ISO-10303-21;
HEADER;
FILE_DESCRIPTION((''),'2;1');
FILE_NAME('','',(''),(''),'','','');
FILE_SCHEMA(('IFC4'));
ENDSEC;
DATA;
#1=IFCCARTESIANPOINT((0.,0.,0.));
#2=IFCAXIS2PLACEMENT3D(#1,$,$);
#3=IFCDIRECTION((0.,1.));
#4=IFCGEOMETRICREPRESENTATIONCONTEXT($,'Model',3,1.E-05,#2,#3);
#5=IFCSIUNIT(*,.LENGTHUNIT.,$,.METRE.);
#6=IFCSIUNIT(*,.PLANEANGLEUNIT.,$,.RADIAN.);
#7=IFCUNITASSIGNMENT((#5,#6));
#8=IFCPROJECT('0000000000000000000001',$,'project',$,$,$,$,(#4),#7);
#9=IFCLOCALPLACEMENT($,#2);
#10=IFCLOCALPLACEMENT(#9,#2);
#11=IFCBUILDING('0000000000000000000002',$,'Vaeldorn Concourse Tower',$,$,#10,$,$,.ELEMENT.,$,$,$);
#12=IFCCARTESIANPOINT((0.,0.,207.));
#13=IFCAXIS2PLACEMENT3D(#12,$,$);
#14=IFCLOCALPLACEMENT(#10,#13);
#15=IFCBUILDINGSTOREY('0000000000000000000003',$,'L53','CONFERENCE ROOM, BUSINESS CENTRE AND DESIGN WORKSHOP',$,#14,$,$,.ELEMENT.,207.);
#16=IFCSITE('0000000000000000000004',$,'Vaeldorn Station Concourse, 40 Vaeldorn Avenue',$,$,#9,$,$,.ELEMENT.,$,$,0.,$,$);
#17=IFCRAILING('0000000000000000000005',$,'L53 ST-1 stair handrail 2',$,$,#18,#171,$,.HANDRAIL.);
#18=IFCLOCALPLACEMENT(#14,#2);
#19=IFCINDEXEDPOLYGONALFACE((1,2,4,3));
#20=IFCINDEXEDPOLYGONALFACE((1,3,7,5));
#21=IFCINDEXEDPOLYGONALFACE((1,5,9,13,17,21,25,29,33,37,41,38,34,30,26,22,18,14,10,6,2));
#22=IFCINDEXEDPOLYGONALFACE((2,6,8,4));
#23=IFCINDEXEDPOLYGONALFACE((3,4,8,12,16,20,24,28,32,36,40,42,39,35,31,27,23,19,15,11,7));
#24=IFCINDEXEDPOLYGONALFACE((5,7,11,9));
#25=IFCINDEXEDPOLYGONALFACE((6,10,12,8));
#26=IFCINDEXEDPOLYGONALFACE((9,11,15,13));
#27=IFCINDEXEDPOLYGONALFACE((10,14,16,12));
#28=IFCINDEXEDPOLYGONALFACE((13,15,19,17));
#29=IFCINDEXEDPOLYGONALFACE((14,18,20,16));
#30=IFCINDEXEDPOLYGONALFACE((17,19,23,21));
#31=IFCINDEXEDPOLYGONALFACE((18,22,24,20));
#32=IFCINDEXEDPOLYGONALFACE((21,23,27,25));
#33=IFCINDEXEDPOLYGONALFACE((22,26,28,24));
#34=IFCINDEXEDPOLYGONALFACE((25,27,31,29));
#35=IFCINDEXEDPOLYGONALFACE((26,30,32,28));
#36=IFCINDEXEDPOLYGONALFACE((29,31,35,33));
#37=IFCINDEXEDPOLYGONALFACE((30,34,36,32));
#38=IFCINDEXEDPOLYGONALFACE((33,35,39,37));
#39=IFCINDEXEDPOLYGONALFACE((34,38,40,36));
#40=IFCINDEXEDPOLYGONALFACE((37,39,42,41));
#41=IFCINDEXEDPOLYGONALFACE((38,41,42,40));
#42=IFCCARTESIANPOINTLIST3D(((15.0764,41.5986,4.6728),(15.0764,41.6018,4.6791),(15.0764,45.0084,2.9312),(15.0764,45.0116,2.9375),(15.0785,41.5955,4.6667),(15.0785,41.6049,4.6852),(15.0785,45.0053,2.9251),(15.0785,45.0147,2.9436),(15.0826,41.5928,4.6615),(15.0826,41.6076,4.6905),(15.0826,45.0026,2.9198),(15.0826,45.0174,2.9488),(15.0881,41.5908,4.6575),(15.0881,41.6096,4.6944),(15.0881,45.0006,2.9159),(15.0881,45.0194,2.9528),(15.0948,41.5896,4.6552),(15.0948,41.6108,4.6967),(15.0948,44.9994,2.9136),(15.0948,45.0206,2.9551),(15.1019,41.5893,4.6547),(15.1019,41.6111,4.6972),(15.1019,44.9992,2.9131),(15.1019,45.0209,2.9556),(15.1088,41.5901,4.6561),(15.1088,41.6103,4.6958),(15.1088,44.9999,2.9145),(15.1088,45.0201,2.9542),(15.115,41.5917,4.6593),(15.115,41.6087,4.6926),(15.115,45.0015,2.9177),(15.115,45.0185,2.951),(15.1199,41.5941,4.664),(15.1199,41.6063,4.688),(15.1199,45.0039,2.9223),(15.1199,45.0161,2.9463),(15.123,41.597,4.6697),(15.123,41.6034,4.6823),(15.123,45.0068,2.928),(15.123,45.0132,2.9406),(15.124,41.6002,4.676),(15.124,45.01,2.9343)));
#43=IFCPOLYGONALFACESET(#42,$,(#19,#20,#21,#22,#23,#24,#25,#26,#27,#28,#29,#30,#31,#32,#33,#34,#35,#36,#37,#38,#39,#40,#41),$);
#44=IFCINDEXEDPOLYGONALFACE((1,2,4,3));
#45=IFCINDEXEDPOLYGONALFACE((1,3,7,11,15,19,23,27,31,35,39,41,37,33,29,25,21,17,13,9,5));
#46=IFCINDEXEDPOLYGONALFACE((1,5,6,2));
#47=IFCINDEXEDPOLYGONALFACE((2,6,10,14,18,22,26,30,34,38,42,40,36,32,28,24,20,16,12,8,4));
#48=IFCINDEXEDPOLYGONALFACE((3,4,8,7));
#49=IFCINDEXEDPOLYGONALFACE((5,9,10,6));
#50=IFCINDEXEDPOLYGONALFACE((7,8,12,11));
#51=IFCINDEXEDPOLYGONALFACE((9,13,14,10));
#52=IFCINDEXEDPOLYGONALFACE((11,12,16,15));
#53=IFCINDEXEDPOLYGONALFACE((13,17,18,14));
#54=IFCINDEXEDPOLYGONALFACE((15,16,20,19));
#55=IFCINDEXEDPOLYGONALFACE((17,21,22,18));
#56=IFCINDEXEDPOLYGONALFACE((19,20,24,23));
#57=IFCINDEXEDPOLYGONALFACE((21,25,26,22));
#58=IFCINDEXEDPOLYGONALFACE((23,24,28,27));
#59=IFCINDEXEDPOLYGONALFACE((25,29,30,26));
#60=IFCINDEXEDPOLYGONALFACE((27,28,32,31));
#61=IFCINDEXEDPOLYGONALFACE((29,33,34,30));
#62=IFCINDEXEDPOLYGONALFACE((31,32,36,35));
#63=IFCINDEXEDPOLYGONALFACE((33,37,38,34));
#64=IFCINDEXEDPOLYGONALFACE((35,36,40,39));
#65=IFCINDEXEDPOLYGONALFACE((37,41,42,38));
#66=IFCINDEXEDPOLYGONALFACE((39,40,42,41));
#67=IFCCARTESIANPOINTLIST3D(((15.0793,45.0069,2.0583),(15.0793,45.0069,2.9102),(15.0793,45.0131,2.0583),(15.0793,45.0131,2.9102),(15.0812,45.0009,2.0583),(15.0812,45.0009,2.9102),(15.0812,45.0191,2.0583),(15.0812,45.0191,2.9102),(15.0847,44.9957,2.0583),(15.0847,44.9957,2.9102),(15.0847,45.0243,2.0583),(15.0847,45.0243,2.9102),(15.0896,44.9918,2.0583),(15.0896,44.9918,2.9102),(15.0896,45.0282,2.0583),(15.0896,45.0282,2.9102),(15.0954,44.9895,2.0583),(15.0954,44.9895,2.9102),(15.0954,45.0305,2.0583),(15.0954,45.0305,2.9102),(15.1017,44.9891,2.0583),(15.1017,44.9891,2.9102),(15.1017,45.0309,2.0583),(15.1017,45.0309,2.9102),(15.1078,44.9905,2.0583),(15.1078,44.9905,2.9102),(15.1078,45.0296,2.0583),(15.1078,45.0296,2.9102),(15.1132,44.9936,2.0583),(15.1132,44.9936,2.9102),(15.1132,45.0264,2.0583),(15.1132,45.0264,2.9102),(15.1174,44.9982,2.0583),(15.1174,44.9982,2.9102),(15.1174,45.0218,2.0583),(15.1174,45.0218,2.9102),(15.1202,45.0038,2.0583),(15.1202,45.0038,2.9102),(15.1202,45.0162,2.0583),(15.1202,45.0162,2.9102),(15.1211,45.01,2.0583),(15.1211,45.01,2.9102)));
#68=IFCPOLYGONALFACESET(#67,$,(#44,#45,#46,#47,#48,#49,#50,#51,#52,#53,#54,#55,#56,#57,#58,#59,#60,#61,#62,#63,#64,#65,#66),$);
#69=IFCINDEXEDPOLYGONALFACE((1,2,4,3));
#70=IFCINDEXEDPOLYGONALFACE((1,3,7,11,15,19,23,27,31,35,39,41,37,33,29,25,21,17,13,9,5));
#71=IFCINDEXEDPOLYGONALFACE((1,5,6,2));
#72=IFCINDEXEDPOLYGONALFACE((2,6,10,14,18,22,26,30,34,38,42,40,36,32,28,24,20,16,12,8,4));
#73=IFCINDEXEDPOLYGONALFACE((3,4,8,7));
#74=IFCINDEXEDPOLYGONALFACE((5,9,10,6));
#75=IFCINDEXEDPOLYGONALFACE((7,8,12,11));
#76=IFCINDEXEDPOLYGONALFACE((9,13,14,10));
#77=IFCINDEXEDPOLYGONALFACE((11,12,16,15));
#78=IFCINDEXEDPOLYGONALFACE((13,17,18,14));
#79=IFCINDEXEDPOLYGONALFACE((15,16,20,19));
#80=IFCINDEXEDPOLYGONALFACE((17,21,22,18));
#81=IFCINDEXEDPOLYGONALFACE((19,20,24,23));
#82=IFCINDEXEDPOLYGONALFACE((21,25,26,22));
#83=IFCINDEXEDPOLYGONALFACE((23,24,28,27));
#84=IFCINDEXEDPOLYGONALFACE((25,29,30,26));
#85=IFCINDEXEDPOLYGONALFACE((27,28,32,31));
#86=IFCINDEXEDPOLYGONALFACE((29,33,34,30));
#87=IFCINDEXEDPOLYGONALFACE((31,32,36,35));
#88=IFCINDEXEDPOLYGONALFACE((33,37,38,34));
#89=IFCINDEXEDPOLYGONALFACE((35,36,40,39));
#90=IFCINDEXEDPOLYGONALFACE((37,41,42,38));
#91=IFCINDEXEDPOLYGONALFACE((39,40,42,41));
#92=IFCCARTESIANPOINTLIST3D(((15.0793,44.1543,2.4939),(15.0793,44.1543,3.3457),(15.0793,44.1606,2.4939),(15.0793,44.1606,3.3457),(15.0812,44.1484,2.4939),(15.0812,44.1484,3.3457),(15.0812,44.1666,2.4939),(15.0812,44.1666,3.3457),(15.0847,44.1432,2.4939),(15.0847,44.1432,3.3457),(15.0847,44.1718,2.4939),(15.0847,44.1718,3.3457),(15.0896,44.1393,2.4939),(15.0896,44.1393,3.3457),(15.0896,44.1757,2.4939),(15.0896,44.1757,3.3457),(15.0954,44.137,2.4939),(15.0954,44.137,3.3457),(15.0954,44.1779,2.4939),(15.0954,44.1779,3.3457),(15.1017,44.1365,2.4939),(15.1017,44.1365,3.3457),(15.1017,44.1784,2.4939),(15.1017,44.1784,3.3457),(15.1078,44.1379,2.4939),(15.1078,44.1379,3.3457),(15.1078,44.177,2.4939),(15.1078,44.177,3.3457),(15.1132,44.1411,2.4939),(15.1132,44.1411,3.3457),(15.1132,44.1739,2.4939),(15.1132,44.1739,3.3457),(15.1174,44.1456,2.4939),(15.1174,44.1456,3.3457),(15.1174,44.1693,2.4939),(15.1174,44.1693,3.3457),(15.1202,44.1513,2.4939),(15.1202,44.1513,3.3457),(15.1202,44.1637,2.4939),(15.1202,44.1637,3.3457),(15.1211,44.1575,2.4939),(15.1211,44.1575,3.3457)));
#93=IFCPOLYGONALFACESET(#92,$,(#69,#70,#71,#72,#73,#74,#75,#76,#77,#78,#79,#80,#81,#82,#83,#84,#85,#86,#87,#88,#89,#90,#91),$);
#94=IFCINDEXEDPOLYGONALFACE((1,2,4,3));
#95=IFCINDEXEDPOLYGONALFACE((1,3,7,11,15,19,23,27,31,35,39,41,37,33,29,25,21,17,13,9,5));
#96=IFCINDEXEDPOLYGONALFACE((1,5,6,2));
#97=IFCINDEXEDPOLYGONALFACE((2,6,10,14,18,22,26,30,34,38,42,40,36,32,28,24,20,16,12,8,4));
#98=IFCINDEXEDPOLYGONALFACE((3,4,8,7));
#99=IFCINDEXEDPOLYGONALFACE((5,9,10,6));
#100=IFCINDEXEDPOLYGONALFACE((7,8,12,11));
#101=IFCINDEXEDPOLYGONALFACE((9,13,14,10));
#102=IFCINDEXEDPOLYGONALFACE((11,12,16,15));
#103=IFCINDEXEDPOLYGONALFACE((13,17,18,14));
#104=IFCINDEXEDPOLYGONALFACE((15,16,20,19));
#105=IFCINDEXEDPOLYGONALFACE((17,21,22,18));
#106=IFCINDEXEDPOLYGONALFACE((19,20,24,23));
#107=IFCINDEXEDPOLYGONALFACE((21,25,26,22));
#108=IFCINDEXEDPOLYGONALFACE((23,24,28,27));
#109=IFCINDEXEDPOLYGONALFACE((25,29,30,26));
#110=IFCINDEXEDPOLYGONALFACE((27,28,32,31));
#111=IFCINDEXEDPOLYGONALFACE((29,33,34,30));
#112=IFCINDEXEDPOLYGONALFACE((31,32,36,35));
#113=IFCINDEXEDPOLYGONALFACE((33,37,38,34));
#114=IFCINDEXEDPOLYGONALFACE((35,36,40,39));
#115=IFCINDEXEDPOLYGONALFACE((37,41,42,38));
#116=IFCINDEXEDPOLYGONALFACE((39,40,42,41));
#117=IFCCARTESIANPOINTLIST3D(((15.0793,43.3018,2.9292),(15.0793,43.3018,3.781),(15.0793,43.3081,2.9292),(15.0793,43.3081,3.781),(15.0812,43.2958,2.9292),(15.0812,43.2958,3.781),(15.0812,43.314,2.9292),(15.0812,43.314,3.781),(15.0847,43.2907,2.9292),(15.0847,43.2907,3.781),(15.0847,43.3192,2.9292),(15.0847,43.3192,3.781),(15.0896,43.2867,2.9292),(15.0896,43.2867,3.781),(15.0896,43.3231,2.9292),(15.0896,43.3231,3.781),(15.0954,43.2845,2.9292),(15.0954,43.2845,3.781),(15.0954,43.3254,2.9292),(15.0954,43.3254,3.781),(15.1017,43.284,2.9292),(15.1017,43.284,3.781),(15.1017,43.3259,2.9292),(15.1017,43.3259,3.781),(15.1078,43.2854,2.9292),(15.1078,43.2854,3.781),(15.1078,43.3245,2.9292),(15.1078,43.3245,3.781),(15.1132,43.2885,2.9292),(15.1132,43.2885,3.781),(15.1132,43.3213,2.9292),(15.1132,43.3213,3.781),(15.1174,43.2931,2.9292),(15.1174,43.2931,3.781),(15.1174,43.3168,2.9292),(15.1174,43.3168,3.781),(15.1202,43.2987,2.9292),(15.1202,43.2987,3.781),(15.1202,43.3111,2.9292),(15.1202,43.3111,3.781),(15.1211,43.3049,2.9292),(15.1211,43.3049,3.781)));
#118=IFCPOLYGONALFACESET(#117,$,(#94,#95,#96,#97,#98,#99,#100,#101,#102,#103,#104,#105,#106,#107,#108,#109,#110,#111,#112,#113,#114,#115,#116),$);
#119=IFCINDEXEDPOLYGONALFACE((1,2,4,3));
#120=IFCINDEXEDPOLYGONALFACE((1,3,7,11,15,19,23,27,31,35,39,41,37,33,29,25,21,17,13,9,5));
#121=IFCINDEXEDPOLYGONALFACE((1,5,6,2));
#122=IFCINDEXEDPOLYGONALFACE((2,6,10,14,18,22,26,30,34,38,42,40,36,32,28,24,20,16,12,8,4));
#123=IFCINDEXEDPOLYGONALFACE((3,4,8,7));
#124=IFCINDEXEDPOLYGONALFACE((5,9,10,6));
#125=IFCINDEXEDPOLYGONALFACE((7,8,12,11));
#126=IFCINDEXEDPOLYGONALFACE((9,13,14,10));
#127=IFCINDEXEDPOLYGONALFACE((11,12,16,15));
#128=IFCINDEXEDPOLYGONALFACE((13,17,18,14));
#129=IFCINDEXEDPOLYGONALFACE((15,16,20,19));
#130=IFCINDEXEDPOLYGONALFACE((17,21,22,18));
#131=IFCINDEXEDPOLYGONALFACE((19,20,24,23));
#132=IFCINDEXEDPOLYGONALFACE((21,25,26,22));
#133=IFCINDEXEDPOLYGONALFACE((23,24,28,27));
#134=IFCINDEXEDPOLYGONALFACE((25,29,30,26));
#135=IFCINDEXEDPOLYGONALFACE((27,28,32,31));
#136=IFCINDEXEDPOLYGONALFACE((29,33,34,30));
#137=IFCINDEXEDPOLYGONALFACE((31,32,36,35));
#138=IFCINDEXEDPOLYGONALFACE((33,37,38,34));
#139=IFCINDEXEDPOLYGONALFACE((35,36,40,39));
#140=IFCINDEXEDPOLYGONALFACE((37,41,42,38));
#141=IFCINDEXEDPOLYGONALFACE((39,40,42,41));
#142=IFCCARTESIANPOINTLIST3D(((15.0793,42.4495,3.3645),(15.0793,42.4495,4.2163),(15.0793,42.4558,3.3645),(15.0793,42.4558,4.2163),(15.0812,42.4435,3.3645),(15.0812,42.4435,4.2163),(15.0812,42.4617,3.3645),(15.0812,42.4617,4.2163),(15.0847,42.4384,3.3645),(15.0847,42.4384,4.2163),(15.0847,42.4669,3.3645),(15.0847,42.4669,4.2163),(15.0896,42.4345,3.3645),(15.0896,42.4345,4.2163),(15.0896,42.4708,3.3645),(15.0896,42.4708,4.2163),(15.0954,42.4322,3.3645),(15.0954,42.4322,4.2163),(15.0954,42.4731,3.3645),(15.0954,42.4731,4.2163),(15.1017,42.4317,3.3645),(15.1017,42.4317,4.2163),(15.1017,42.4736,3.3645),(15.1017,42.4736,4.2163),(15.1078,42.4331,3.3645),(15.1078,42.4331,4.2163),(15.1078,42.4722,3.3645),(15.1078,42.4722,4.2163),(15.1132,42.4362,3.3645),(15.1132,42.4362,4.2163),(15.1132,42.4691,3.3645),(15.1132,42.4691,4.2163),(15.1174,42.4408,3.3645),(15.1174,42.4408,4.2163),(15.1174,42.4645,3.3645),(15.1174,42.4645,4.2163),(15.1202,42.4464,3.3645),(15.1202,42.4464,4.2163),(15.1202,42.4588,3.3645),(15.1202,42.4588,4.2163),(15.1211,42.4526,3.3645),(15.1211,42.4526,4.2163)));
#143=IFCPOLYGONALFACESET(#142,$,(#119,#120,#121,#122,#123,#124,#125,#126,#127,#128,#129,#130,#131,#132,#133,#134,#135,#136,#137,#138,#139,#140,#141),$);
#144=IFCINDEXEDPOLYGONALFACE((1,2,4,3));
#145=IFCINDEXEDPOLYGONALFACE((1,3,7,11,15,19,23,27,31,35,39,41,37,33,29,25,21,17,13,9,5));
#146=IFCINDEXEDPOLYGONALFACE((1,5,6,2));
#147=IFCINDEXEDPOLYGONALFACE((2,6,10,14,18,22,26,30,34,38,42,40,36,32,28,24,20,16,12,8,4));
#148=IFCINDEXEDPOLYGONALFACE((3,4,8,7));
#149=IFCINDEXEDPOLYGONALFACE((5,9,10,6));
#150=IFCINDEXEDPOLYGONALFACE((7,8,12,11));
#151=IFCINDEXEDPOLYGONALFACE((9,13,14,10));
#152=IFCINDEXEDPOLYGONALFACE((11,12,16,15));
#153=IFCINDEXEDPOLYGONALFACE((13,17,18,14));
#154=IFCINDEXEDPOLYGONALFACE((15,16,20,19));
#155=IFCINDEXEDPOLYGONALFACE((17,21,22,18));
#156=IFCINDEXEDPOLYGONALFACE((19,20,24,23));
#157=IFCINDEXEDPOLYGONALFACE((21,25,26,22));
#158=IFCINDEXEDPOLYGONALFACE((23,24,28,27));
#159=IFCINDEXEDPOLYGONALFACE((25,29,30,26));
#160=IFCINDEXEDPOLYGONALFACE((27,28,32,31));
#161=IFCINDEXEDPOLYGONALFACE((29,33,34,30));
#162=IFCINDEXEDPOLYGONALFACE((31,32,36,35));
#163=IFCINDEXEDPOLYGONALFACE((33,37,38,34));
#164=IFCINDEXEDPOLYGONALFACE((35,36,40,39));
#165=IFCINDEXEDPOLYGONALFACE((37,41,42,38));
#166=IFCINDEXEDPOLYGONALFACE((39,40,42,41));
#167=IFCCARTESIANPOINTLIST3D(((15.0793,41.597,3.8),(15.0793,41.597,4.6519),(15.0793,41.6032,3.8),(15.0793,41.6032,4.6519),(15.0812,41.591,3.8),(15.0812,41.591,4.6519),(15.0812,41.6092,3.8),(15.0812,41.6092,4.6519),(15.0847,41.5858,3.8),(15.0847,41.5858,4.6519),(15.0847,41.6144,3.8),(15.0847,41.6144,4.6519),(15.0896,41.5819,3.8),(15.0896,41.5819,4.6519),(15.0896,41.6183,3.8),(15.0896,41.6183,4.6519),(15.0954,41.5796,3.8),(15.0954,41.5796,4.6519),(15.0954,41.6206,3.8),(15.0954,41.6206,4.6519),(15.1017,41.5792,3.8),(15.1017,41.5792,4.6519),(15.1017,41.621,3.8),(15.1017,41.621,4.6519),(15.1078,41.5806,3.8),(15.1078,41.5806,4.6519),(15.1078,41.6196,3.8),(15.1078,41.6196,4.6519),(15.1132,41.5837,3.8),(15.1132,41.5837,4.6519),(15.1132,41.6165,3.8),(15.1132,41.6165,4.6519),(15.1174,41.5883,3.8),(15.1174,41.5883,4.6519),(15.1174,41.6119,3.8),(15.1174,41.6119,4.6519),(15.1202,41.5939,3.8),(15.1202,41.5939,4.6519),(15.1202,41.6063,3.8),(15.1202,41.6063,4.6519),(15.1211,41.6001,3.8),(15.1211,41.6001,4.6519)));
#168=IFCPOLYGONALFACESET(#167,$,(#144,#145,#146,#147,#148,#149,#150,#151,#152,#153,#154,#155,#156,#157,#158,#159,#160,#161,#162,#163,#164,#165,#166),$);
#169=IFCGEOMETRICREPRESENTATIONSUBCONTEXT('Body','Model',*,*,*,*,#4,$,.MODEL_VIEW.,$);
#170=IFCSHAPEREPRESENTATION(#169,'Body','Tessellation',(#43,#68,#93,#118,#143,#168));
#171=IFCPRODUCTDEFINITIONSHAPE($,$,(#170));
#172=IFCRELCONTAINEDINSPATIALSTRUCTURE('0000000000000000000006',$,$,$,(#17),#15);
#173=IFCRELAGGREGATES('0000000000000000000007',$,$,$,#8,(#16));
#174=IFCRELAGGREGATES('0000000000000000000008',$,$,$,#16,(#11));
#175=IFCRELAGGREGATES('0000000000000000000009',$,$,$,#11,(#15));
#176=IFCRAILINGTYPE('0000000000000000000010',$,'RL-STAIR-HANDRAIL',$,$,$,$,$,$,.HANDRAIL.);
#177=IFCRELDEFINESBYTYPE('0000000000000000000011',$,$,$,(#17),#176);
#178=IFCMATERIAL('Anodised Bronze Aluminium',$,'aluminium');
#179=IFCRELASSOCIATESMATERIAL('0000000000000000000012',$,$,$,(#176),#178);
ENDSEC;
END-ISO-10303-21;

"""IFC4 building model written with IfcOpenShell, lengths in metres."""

from ifc_helpers import new_model, si_unit, direction, frame, origin, origin_2d, place, context, subcontext, project, spatial, circle, extrude, material, type_object, element, save


model = new_model("IFC4")

# Units and contexts
model_context = context("Model", 3, precision=1e-05, world=origin(), true_north=direction((0.0, 1.0)))
body_context = subcontext(model_context, "Body", "Model", "MODEL_VIEW")
ifc_project = project(units=[si_unit("LENGTHUNIT", "METRE"), si_unit("PLANEANGLEUNIT", "RADIAN")], contexts=[model_context])

# Site, building, storey
site_placement = place(None, origin())
site = spatial("IfcSite", under=ifc_project, at=site_placement, Name="Vaeldorn Station Concourse, 40 Vaeldorn Avenue", CompositionType="ELEMENT", RefElevation=0.0)
building_placement = place(site_placement, origin())
building = spatial("IfcBuilding", under=site, at=building_placement, Name="Vaeldorn Concourse Tower", CompositionType="ELEMENT")
storey_placement = place(building_placement, frame((0.0, 0.0, 207.0)))
storey = spatial("IfcBuildingStorey", under=building, at=storey_placement, Name="L53", Description="CONFERENCE ROOM, BUSINESS CENTRE AND DESIGN WORKSHOP", CompositionType="ELEMENT", Elevation=207.0)

# Shared definitions
ifc_material_1 = material(Name="Anodised Bronze Aluminium", Category="aluminium")

# Railing
railing_type_1 = type_object("IfcRailingType", Name="RL-STAIR-HANDRAIL", PredefinedType="HANDRAIL", material=ifc_material_1)
railing_1_placement = place(storey_placement, frame((15.1001, 45.01, 2.0583)))
element("IfcRailing", 1, at=railing_1_placement, inside=storey, type_object=railing_type_1, Name="L53 ST-1 stair handrail 2", PredefinedType="HANDRAIL", context=body_context, shape_type="SweptSolid", body=[
    extrude(circle(Radius=0.0239, at=origin_2d()), frame((0.0, 0.0, 0.876), z_axis=(0.0, -0.890556, 0.454874), x_axis=(1.0, 0.0, 0.0)), (0.0, 0.0, 1.0), 3.8289),
    extrude(circle(Radius=0.021, at=origin_2d()), origin(), (0.0, 0.0, 1.0), 0.8518),
    extrude(circle(Radius=0.021, at=origin_2d()), frame((0.0, -0.8525, 0.4355)), (0.0, 0.0, 1.0), 0.8518),
    extrude(circle(Radius=0.021, at=origin_2d()), frame((0.0, -1.7051, 0.8708)), (0.0, 0.0, 1.0), 0.8518),
    extrude(circle(Radius=0.021, at=origin_2d()), frame((0.0, -2.5574, 1.3062)), (0.0, 0.0, 1.0), 0.8518),
    extrude(circle(Radius=0.021, at=origin_2d()), frame((0.0, -3.4099, 1.7417)), (0.0, 0.0, 1.0), 0.8518),
])

save(model, "model.ifc")
